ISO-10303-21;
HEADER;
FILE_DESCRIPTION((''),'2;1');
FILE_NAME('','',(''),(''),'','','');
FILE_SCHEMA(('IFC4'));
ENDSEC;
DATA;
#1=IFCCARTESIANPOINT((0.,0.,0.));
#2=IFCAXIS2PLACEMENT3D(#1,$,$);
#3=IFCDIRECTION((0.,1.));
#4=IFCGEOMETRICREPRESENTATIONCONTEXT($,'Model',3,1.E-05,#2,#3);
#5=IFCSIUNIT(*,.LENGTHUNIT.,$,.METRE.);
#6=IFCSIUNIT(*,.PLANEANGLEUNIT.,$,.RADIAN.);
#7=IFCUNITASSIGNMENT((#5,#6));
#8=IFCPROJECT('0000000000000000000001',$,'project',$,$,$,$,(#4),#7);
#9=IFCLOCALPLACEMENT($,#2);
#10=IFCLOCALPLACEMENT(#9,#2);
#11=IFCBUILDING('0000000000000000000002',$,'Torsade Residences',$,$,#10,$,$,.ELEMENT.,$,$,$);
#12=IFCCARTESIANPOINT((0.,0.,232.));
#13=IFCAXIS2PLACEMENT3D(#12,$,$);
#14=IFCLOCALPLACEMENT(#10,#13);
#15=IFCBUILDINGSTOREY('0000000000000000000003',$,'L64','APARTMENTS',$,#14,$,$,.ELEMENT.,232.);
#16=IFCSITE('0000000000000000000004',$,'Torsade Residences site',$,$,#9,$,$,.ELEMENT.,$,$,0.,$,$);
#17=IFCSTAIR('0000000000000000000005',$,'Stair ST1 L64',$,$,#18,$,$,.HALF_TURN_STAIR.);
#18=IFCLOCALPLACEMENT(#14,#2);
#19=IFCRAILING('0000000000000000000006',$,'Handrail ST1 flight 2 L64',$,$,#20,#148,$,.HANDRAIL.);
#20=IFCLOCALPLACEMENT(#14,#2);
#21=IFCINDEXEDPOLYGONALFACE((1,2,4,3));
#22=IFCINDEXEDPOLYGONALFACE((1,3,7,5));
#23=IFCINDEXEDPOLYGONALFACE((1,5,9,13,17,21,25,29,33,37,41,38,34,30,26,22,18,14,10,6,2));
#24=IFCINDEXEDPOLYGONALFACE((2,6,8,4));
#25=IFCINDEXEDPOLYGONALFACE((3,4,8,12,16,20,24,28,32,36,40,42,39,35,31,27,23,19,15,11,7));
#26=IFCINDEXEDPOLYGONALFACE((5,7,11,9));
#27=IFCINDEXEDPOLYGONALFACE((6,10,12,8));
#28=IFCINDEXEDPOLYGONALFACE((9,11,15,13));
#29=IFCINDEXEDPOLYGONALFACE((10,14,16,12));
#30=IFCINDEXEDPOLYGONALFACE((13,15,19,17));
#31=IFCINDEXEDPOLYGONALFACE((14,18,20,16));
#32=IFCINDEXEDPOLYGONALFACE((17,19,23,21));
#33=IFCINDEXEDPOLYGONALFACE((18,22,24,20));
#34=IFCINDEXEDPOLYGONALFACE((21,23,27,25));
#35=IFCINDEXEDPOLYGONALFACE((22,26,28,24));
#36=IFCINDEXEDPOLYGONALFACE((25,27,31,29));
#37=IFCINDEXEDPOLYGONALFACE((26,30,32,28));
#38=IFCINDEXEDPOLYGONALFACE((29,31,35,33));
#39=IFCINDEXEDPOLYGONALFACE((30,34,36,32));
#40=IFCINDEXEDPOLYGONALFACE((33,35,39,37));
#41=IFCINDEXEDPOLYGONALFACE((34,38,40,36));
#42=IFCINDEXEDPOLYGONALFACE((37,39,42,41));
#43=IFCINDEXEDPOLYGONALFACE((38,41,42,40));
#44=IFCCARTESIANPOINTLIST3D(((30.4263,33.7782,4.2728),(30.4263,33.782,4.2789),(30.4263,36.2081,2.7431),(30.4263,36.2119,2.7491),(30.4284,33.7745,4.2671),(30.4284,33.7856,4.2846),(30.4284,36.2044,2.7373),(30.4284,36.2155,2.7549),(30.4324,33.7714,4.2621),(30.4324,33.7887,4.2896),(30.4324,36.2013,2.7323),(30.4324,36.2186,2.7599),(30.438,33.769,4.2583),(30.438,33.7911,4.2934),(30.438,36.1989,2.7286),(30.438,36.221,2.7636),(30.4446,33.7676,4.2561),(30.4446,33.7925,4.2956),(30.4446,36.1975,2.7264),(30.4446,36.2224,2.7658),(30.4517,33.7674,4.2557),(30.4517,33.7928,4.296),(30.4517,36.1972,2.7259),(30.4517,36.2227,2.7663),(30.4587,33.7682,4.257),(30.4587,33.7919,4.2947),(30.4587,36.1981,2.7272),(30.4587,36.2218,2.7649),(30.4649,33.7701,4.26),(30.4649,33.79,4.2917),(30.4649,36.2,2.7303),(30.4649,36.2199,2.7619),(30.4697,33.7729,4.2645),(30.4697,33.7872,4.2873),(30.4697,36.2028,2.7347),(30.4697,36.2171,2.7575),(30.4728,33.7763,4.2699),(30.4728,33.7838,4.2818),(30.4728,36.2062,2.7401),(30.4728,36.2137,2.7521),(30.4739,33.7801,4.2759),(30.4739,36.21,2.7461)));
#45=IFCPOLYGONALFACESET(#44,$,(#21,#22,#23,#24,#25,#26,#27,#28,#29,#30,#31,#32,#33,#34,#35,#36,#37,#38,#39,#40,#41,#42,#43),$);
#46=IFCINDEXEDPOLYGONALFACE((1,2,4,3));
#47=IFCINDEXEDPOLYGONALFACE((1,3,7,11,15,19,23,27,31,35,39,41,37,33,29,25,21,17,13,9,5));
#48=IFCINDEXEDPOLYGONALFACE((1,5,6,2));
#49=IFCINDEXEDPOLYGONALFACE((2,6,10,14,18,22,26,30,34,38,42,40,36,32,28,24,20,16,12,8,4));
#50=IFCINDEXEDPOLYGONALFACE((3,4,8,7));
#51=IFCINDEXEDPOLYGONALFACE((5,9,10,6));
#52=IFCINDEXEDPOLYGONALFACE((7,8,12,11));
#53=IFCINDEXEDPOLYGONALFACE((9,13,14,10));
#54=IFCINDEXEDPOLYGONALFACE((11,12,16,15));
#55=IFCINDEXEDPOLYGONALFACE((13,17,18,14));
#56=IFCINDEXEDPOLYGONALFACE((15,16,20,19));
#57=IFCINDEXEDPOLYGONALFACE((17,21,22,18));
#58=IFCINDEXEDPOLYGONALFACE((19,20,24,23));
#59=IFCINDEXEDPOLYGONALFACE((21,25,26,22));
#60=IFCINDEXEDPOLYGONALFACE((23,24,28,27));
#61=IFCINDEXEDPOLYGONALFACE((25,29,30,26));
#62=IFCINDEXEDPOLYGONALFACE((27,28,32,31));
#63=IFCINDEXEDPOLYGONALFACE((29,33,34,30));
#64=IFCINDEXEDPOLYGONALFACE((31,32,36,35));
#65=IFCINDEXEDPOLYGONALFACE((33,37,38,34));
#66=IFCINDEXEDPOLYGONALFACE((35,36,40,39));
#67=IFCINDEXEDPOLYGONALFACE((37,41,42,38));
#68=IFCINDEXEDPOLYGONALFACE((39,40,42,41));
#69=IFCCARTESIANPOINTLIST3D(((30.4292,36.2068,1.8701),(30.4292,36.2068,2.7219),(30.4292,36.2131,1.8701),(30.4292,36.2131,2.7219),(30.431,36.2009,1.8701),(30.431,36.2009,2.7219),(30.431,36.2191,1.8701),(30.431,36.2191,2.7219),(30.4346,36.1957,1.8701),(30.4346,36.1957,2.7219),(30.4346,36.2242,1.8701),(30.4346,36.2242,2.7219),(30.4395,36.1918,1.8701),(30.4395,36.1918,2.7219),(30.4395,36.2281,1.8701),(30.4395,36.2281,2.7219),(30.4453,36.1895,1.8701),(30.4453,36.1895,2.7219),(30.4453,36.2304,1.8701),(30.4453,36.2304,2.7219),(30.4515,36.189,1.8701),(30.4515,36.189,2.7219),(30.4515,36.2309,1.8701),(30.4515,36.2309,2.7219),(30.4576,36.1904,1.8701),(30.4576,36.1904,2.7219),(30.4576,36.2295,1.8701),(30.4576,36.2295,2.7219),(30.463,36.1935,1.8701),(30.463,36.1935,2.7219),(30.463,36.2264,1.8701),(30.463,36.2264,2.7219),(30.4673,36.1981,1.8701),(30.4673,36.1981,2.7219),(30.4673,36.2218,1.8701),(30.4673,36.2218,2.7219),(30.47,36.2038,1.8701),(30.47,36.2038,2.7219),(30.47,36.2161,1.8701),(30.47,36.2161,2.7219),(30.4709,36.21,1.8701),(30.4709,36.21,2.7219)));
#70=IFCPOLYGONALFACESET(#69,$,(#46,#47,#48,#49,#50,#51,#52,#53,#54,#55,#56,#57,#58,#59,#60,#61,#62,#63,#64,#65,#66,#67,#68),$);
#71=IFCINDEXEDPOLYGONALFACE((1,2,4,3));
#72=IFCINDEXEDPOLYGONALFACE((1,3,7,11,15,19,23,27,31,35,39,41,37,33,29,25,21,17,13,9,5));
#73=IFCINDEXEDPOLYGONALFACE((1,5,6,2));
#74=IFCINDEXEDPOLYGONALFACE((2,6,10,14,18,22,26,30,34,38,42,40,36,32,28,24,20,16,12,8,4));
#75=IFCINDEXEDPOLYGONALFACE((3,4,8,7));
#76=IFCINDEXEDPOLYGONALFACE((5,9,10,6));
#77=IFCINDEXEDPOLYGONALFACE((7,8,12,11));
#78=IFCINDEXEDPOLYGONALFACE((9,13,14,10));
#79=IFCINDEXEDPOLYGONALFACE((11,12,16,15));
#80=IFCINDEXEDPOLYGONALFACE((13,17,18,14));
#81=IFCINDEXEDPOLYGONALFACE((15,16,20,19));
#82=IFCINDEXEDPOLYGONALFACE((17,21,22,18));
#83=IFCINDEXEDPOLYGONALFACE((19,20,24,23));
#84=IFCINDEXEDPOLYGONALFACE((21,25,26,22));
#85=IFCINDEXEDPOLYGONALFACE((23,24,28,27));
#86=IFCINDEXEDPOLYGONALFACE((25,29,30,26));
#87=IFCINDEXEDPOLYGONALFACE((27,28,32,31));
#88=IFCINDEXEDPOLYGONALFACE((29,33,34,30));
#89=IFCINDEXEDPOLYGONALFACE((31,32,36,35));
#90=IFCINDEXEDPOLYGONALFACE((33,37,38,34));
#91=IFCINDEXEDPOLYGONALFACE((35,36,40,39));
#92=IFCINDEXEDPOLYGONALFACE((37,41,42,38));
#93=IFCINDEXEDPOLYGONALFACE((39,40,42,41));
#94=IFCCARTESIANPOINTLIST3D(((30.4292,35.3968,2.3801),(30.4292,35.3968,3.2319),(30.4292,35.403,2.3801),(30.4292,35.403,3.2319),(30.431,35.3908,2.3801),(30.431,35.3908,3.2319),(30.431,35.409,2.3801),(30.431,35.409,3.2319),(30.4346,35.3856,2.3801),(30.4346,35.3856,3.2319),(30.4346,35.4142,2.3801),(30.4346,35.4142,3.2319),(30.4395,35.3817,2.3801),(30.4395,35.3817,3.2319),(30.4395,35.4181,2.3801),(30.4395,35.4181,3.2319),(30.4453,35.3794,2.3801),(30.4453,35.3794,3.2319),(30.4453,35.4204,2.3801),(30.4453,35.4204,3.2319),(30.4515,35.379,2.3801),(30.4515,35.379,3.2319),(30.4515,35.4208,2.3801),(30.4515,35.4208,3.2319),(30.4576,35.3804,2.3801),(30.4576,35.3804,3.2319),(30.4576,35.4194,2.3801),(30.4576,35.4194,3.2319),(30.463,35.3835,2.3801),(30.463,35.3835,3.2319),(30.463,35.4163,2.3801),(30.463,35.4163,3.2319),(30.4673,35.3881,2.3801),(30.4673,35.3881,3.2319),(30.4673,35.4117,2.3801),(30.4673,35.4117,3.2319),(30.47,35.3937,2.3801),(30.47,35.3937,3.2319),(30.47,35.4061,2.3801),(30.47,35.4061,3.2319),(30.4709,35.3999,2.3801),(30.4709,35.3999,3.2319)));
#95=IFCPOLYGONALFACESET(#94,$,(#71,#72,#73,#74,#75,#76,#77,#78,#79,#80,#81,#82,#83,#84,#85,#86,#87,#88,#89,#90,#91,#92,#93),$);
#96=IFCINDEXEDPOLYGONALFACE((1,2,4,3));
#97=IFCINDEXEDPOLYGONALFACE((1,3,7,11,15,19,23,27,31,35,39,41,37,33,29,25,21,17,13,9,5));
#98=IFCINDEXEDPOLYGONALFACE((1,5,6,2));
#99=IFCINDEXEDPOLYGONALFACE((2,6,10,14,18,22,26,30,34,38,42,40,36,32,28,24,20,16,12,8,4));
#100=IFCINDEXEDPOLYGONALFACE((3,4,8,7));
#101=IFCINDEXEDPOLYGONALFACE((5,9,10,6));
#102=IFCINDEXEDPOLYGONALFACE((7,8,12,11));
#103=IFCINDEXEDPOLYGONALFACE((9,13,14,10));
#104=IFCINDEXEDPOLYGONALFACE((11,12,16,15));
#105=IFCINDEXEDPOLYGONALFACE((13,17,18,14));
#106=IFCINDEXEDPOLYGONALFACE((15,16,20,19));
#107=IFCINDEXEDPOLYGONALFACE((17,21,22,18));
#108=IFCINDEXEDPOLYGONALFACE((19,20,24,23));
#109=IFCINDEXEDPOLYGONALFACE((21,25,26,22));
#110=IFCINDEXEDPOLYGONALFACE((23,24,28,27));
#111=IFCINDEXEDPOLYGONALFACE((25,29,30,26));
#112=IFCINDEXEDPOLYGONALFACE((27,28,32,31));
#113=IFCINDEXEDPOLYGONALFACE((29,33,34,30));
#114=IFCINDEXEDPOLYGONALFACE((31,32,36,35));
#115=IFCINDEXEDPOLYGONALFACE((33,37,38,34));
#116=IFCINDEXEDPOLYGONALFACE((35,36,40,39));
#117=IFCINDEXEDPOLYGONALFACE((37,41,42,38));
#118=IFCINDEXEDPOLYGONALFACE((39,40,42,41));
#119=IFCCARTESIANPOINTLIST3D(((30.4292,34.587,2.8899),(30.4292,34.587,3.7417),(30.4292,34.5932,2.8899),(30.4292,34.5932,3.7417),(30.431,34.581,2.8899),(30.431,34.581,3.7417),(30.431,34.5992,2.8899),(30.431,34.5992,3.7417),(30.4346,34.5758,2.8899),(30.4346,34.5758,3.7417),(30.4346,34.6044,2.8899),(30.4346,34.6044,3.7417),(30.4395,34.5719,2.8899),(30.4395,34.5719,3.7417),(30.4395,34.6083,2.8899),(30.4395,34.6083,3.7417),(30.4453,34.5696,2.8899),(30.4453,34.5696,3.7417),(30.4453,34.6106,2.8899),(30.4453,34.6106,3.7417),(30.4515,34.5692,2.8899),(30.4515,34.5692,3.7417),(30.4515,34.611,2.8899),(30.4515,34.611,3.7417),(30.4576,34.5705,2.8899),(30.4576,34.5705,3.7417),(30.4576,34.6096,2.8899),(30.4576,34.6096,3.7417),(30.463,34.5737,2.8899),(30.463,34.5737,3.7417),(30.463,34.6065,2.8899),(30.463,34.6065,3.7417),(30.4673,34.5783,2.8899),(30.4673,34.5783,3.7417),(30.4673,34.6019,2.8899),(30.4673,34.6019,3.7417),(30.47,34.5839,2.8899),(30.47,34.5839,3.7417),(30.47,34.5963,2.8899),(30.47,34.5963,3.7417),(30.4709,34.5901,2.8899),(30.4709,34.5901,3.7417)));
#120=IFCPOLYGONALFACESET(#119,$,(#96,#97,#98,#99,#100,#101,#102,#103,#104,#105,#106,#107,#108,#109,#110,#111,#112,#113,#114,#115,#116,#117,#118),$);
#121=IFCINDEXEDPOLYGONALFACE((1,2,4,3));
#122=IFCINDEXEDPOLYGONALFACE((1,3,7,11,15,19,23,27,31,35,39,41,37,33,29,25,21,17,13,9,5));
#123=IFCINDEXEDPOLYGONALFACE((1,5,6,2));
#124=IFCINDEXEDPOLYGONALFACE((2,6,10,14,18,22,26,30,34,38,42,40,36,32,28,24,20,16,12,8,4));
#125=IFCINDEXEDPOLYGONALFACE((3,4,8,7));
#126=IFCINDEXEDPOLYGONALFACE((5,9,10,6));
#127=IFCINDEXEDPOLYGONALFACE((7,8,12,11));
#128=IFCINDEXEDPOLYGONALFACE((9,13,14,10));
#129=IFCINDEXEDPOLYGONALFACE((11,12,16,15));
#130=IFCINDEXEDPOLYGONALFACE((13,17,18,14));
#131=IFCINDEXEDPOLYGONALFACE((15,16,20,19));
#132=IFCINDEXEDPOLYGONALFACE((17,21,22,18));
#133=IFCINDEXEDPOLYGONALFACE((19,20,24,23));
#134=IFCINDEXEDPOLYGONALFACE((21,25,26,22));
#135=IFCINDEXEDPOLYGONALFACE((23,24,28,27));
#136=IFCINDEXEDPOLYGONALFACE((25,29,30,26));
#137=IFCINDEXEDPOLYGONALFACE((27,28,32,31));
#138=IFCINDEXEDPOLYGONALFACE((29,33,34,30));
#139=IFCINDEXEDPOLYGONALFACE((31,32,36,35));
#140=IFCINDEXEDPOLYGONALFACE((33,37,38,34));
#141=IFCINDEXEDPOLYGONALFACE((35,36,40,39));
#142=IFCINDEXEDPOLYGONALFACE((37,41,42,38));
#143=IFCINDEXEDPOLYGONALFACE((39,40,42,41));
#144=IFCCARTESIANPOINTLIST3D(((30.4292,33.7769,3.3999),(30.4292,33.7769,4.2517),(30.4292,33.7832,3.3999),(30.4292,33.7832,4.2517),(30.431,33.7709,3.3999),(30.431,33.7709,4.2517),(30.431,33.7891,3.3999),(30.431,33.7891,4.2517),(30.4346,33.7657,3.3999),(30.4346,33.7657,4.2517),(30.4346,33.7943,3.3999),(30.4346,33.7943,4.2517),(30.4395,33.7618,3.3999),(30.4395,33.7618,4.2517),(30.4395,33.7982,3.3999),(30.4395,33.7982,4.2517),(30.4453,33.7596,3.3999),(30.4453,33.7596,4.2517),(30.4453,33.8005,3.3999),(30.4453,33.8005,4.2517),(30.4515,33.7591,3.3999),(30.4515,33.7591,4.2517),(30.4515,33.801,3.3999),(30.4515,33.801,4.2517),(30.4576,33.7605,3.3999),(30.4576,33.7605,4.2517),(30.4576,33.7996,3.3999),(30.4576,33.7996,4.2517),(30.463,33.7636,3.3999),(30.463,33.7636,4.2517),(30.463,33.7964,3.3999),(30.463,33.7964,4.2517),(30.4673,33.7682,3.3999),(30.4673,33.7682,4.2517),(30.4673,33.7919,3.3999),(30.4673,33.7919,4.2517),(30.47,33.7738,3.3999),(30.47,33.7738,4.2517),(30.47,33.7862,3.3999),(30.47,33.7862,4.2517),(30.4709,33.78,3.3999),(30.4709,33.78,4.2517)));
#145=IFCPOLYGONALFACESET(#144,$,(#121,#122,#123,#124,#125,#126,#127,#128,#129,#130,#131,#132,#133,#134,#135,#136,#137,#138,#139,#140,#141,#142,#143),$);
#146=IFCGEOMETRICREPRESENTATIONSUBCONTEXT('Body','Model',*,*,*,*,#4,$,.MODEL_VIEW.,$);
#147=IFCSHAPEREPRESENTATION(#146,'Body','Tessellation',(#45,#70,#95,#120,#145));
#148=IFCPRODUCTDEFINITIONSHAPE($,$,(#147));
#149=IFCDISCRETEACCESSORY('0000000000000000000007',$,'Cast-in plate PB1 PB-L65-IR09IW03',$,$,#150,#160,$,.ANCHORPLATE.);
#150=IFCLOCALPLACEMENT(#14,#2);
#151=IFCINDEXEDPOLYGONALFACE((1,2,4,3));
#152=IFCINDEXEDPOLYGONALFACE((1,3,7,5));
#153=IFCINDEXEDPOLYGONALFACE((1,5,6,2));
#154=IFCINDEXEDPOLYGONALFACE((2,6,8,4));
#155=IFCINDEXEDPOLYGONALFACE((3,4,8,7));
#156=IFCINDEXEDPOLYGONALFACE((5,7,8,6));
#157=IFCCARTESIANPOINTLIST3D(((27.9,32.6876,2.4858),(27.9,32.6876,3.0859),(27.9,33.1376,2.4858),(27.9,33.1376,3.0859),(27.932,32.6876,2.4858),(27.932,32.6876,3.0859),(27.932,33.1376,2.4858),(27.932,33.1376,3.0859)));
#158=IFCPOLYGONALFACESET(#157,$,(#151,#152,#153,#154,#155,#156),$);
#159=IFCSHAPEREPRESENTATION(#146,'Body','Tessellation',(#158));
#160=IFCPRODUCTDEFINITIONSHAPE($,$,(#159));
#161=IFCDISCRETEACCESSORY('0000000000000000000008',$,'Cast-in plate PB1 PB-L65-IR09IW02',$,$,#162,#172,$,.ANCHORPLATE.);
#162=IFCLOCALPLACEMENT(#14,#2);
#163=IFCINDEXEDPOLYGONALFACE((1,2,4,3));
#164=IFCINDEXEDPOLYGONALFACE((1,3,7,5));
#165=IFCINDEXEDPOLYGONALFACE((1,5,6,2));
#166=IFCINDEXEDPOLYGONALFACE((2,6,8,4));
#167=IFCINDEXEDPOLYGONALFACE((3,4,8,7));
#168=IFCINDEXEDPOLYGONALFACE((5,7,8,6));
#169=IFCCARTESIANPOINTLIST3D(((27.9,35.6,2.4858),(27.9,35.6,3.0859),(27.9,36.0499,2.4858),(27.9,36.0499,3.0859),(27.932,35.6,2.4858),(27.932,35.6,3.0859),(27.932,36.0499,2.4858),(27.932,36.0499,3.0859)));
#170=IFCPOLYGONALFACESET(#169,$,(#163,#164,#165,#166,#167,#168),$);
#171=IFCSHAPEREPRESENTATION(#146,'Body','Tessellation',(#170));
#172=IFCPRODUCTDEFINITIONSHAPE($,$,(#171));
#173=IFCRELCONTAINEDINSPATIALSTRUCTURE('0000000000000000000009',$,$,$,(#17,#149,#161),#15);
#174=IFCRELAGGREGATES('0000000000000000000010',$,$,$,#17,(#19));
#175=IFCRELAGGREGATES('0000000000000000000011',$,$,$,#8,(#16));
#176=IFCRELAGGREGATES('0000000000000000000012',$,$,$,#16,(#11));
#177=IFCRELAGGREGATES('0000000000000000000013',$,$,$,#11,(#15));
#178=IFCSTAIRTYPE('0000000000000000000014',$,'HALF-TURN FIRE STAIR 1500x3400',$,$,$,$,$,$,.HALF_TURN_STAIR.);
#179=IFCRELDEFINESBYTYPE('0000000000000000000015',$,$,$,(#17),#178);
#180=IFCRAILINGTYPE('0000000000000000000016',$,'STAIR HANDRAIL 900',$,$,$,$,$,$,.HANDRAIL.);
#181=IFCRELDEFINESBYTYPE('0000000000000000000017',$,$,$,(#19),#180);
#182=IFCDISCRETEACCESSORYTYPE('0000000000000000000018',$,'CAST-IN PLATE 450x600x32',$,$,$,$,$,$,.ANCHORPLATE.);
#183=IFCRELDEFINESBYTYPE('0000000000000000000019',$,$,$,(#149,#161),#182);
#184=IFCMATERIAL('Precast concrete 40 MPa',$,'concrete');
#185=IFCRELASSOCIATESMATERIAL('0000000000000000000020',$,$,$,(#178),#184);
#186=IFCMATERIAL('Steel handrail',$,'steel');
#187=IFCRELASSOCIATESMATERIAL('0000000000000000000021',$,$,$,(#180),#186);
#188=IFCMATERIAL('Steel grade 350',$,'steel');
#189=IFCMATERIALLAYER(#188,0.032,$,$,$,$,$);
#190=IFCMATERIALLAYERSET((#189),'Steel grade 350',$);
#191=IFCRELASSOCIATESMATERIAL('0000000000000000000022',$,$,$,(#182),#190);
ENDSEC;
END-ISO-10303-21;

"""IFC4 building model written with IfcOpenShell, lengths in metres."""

from ifc_helpers import new_model, si_unit, direction, frame, origin, origin_2d, place, context, subcontext, project, spatial, rectangle, circle, extrude, material, layer, layer_set, type_object, element, aggregate, save


model = new_model("IFC4")

# Units and contexts
model_context = context("Model", 3, precision=1e-05, world=origin(), true_north=direction((0.0, 1.0)))
body_context = subcontext(model_context, "Body", "Model", "MODEL_VIEW")
ifc_project = project(units=[si_unit("LENGTHUNIT", "METRE"), si_unit("PLANEANGLEUNIT", "RADIAN")], contexts=[model_context])

# Site, building, storey
site_placement = place(None, origin())
site = spatial("IfcSite", under=ifc_project, at=site_placement, Name="Torsade Residences site", CompositionType="ELEMENT", RefElevation=0.0)
building_placement = place(site_placement, origin())
building = spatial("IfcBuilding", under=site, at=building_placement, Name="Torsade Residences", CompositionType="ELEMENT")
storey_placement = place(building_placement, frame((0.0, 0.0, 232.0)))
storey = spatial("IfcBuildingStorey", under=building, at=storey_placement, Name="L64", Description="APARTMENTS", CompositionType="ELEMENT", Elevation=232.0)

# Stair, railing
ifc_material_1 = material(Name="Precast concrete 40 MPa", Category="concrete")
stair_type = type_object("IfcStairType", Name="HALF-TURN FIRE STAIR 1500x3400", PredefinedType="HALF_TURN_STAIR", material=ifc_material_1)
stair_placement = place(storey_placement, origin())
stair = element("IfcStair", 1, at=stair_placement, inside=storey, type_object=stair_type, Name="Stair ST1 L64", PredefinedType="HALF_TURN_STAIR")
ifc_material_2 = material(Name="Steel handrail", Category="steel")
railing_type = type_object("IfcRailingType", Name="STAIR HANDRAIL 900", PredefinedType="HANDRAIL", material=ifc_material_2)
railing_1_placement = place(storey_placement, frame((30.45, 36.21, 1.8701)))
railing_1 = element("IfcRailing", 2, at=railing_1_placement, type_object=railing_type, Name="Handrail ST1 flight 2 L64", PredefinedType="HANDRAIL", context=body_context, shape_type="SweptSolid", body=[
    extrude(circle(Radius=0.0239, at=origin_2d()), frame((0.0, 0.0, 0.876), z_axis=(0.0, -0.84626, 0.53277), x_axis=(1.0, 0.0, 0.0)), (0.0, 0.0, 1.0), 2.8713),
    extrude(circle(Radius=0.021, at=origin_2d()), origin(), (0.0, 0.0, 1.0), 0.8518),
    extrude(circle(Radius=0.021, at=origin_2d()), frame((0.0, -0.8101, 0.51)), (0.0, 0.0, 1.0), 0.8518),
    extrude(circle(Radius=0.021, at=origin_2d()), frame((0.0, -1.6199, 1.0198)), (0.0, 0.0, 1.0), 0.8518),
    extrude(circle(Radius=0.021, at=origin_2d()), frame((0.0, -2.4299, 1.5298)), (0.0, 0.0, 1.0), 0.8518),
])
aggregate(stair, [railing_1])

# Discrete accessories
ifc_material_3 = material(Name="Steel grade 350", Category="steel")
ifc_layer_1 = layer(ifc_material_3, 0.032)
ifc_layer_set_1 = layer_set([ifc_layer_1], Name="Steel grade 350")
discrete_accessory_type = type_object("IfcDiscreteAccessoryType", Name="CAST-IN PLATE 450x600x32", PredefinedType="ANCHORPLATE", material=ifc_layer_set_1)
for number, where, z_axis, x_axis, name in (
    (3, (27.916, 32.9126, 2.4858), (0.0, 0.0, 1.0), (1.0, 0.0, 0.0), "Cast-in plate PB1 PB-L65-IR09IW03"),
    (4, (27.916, 35.825, 2.4858), (0.0, 0.0, 1.0), (1.0, 0.0, 0.0), "Cast-in plate PB1 PB-L65-IR09IW02"),
):
    element("IfcDiscreteAccessory", number, at=place(storey_placement, frame(where, z_axis=z_axis, x_axis=x_axis)), inside=storey, type_object=discrete_accessory_type, Name=name, PredefinedType="ANCHORPLATE", context=body_context, shape_type="SweptSolid", body=[
        extrude(rectangle(XDim=0.032, YDim=0.45, at=origin_2d()), origin(), (0.0, 0.0, 1.0), 0.6001),
    ])

save(model, "model.ifc")
